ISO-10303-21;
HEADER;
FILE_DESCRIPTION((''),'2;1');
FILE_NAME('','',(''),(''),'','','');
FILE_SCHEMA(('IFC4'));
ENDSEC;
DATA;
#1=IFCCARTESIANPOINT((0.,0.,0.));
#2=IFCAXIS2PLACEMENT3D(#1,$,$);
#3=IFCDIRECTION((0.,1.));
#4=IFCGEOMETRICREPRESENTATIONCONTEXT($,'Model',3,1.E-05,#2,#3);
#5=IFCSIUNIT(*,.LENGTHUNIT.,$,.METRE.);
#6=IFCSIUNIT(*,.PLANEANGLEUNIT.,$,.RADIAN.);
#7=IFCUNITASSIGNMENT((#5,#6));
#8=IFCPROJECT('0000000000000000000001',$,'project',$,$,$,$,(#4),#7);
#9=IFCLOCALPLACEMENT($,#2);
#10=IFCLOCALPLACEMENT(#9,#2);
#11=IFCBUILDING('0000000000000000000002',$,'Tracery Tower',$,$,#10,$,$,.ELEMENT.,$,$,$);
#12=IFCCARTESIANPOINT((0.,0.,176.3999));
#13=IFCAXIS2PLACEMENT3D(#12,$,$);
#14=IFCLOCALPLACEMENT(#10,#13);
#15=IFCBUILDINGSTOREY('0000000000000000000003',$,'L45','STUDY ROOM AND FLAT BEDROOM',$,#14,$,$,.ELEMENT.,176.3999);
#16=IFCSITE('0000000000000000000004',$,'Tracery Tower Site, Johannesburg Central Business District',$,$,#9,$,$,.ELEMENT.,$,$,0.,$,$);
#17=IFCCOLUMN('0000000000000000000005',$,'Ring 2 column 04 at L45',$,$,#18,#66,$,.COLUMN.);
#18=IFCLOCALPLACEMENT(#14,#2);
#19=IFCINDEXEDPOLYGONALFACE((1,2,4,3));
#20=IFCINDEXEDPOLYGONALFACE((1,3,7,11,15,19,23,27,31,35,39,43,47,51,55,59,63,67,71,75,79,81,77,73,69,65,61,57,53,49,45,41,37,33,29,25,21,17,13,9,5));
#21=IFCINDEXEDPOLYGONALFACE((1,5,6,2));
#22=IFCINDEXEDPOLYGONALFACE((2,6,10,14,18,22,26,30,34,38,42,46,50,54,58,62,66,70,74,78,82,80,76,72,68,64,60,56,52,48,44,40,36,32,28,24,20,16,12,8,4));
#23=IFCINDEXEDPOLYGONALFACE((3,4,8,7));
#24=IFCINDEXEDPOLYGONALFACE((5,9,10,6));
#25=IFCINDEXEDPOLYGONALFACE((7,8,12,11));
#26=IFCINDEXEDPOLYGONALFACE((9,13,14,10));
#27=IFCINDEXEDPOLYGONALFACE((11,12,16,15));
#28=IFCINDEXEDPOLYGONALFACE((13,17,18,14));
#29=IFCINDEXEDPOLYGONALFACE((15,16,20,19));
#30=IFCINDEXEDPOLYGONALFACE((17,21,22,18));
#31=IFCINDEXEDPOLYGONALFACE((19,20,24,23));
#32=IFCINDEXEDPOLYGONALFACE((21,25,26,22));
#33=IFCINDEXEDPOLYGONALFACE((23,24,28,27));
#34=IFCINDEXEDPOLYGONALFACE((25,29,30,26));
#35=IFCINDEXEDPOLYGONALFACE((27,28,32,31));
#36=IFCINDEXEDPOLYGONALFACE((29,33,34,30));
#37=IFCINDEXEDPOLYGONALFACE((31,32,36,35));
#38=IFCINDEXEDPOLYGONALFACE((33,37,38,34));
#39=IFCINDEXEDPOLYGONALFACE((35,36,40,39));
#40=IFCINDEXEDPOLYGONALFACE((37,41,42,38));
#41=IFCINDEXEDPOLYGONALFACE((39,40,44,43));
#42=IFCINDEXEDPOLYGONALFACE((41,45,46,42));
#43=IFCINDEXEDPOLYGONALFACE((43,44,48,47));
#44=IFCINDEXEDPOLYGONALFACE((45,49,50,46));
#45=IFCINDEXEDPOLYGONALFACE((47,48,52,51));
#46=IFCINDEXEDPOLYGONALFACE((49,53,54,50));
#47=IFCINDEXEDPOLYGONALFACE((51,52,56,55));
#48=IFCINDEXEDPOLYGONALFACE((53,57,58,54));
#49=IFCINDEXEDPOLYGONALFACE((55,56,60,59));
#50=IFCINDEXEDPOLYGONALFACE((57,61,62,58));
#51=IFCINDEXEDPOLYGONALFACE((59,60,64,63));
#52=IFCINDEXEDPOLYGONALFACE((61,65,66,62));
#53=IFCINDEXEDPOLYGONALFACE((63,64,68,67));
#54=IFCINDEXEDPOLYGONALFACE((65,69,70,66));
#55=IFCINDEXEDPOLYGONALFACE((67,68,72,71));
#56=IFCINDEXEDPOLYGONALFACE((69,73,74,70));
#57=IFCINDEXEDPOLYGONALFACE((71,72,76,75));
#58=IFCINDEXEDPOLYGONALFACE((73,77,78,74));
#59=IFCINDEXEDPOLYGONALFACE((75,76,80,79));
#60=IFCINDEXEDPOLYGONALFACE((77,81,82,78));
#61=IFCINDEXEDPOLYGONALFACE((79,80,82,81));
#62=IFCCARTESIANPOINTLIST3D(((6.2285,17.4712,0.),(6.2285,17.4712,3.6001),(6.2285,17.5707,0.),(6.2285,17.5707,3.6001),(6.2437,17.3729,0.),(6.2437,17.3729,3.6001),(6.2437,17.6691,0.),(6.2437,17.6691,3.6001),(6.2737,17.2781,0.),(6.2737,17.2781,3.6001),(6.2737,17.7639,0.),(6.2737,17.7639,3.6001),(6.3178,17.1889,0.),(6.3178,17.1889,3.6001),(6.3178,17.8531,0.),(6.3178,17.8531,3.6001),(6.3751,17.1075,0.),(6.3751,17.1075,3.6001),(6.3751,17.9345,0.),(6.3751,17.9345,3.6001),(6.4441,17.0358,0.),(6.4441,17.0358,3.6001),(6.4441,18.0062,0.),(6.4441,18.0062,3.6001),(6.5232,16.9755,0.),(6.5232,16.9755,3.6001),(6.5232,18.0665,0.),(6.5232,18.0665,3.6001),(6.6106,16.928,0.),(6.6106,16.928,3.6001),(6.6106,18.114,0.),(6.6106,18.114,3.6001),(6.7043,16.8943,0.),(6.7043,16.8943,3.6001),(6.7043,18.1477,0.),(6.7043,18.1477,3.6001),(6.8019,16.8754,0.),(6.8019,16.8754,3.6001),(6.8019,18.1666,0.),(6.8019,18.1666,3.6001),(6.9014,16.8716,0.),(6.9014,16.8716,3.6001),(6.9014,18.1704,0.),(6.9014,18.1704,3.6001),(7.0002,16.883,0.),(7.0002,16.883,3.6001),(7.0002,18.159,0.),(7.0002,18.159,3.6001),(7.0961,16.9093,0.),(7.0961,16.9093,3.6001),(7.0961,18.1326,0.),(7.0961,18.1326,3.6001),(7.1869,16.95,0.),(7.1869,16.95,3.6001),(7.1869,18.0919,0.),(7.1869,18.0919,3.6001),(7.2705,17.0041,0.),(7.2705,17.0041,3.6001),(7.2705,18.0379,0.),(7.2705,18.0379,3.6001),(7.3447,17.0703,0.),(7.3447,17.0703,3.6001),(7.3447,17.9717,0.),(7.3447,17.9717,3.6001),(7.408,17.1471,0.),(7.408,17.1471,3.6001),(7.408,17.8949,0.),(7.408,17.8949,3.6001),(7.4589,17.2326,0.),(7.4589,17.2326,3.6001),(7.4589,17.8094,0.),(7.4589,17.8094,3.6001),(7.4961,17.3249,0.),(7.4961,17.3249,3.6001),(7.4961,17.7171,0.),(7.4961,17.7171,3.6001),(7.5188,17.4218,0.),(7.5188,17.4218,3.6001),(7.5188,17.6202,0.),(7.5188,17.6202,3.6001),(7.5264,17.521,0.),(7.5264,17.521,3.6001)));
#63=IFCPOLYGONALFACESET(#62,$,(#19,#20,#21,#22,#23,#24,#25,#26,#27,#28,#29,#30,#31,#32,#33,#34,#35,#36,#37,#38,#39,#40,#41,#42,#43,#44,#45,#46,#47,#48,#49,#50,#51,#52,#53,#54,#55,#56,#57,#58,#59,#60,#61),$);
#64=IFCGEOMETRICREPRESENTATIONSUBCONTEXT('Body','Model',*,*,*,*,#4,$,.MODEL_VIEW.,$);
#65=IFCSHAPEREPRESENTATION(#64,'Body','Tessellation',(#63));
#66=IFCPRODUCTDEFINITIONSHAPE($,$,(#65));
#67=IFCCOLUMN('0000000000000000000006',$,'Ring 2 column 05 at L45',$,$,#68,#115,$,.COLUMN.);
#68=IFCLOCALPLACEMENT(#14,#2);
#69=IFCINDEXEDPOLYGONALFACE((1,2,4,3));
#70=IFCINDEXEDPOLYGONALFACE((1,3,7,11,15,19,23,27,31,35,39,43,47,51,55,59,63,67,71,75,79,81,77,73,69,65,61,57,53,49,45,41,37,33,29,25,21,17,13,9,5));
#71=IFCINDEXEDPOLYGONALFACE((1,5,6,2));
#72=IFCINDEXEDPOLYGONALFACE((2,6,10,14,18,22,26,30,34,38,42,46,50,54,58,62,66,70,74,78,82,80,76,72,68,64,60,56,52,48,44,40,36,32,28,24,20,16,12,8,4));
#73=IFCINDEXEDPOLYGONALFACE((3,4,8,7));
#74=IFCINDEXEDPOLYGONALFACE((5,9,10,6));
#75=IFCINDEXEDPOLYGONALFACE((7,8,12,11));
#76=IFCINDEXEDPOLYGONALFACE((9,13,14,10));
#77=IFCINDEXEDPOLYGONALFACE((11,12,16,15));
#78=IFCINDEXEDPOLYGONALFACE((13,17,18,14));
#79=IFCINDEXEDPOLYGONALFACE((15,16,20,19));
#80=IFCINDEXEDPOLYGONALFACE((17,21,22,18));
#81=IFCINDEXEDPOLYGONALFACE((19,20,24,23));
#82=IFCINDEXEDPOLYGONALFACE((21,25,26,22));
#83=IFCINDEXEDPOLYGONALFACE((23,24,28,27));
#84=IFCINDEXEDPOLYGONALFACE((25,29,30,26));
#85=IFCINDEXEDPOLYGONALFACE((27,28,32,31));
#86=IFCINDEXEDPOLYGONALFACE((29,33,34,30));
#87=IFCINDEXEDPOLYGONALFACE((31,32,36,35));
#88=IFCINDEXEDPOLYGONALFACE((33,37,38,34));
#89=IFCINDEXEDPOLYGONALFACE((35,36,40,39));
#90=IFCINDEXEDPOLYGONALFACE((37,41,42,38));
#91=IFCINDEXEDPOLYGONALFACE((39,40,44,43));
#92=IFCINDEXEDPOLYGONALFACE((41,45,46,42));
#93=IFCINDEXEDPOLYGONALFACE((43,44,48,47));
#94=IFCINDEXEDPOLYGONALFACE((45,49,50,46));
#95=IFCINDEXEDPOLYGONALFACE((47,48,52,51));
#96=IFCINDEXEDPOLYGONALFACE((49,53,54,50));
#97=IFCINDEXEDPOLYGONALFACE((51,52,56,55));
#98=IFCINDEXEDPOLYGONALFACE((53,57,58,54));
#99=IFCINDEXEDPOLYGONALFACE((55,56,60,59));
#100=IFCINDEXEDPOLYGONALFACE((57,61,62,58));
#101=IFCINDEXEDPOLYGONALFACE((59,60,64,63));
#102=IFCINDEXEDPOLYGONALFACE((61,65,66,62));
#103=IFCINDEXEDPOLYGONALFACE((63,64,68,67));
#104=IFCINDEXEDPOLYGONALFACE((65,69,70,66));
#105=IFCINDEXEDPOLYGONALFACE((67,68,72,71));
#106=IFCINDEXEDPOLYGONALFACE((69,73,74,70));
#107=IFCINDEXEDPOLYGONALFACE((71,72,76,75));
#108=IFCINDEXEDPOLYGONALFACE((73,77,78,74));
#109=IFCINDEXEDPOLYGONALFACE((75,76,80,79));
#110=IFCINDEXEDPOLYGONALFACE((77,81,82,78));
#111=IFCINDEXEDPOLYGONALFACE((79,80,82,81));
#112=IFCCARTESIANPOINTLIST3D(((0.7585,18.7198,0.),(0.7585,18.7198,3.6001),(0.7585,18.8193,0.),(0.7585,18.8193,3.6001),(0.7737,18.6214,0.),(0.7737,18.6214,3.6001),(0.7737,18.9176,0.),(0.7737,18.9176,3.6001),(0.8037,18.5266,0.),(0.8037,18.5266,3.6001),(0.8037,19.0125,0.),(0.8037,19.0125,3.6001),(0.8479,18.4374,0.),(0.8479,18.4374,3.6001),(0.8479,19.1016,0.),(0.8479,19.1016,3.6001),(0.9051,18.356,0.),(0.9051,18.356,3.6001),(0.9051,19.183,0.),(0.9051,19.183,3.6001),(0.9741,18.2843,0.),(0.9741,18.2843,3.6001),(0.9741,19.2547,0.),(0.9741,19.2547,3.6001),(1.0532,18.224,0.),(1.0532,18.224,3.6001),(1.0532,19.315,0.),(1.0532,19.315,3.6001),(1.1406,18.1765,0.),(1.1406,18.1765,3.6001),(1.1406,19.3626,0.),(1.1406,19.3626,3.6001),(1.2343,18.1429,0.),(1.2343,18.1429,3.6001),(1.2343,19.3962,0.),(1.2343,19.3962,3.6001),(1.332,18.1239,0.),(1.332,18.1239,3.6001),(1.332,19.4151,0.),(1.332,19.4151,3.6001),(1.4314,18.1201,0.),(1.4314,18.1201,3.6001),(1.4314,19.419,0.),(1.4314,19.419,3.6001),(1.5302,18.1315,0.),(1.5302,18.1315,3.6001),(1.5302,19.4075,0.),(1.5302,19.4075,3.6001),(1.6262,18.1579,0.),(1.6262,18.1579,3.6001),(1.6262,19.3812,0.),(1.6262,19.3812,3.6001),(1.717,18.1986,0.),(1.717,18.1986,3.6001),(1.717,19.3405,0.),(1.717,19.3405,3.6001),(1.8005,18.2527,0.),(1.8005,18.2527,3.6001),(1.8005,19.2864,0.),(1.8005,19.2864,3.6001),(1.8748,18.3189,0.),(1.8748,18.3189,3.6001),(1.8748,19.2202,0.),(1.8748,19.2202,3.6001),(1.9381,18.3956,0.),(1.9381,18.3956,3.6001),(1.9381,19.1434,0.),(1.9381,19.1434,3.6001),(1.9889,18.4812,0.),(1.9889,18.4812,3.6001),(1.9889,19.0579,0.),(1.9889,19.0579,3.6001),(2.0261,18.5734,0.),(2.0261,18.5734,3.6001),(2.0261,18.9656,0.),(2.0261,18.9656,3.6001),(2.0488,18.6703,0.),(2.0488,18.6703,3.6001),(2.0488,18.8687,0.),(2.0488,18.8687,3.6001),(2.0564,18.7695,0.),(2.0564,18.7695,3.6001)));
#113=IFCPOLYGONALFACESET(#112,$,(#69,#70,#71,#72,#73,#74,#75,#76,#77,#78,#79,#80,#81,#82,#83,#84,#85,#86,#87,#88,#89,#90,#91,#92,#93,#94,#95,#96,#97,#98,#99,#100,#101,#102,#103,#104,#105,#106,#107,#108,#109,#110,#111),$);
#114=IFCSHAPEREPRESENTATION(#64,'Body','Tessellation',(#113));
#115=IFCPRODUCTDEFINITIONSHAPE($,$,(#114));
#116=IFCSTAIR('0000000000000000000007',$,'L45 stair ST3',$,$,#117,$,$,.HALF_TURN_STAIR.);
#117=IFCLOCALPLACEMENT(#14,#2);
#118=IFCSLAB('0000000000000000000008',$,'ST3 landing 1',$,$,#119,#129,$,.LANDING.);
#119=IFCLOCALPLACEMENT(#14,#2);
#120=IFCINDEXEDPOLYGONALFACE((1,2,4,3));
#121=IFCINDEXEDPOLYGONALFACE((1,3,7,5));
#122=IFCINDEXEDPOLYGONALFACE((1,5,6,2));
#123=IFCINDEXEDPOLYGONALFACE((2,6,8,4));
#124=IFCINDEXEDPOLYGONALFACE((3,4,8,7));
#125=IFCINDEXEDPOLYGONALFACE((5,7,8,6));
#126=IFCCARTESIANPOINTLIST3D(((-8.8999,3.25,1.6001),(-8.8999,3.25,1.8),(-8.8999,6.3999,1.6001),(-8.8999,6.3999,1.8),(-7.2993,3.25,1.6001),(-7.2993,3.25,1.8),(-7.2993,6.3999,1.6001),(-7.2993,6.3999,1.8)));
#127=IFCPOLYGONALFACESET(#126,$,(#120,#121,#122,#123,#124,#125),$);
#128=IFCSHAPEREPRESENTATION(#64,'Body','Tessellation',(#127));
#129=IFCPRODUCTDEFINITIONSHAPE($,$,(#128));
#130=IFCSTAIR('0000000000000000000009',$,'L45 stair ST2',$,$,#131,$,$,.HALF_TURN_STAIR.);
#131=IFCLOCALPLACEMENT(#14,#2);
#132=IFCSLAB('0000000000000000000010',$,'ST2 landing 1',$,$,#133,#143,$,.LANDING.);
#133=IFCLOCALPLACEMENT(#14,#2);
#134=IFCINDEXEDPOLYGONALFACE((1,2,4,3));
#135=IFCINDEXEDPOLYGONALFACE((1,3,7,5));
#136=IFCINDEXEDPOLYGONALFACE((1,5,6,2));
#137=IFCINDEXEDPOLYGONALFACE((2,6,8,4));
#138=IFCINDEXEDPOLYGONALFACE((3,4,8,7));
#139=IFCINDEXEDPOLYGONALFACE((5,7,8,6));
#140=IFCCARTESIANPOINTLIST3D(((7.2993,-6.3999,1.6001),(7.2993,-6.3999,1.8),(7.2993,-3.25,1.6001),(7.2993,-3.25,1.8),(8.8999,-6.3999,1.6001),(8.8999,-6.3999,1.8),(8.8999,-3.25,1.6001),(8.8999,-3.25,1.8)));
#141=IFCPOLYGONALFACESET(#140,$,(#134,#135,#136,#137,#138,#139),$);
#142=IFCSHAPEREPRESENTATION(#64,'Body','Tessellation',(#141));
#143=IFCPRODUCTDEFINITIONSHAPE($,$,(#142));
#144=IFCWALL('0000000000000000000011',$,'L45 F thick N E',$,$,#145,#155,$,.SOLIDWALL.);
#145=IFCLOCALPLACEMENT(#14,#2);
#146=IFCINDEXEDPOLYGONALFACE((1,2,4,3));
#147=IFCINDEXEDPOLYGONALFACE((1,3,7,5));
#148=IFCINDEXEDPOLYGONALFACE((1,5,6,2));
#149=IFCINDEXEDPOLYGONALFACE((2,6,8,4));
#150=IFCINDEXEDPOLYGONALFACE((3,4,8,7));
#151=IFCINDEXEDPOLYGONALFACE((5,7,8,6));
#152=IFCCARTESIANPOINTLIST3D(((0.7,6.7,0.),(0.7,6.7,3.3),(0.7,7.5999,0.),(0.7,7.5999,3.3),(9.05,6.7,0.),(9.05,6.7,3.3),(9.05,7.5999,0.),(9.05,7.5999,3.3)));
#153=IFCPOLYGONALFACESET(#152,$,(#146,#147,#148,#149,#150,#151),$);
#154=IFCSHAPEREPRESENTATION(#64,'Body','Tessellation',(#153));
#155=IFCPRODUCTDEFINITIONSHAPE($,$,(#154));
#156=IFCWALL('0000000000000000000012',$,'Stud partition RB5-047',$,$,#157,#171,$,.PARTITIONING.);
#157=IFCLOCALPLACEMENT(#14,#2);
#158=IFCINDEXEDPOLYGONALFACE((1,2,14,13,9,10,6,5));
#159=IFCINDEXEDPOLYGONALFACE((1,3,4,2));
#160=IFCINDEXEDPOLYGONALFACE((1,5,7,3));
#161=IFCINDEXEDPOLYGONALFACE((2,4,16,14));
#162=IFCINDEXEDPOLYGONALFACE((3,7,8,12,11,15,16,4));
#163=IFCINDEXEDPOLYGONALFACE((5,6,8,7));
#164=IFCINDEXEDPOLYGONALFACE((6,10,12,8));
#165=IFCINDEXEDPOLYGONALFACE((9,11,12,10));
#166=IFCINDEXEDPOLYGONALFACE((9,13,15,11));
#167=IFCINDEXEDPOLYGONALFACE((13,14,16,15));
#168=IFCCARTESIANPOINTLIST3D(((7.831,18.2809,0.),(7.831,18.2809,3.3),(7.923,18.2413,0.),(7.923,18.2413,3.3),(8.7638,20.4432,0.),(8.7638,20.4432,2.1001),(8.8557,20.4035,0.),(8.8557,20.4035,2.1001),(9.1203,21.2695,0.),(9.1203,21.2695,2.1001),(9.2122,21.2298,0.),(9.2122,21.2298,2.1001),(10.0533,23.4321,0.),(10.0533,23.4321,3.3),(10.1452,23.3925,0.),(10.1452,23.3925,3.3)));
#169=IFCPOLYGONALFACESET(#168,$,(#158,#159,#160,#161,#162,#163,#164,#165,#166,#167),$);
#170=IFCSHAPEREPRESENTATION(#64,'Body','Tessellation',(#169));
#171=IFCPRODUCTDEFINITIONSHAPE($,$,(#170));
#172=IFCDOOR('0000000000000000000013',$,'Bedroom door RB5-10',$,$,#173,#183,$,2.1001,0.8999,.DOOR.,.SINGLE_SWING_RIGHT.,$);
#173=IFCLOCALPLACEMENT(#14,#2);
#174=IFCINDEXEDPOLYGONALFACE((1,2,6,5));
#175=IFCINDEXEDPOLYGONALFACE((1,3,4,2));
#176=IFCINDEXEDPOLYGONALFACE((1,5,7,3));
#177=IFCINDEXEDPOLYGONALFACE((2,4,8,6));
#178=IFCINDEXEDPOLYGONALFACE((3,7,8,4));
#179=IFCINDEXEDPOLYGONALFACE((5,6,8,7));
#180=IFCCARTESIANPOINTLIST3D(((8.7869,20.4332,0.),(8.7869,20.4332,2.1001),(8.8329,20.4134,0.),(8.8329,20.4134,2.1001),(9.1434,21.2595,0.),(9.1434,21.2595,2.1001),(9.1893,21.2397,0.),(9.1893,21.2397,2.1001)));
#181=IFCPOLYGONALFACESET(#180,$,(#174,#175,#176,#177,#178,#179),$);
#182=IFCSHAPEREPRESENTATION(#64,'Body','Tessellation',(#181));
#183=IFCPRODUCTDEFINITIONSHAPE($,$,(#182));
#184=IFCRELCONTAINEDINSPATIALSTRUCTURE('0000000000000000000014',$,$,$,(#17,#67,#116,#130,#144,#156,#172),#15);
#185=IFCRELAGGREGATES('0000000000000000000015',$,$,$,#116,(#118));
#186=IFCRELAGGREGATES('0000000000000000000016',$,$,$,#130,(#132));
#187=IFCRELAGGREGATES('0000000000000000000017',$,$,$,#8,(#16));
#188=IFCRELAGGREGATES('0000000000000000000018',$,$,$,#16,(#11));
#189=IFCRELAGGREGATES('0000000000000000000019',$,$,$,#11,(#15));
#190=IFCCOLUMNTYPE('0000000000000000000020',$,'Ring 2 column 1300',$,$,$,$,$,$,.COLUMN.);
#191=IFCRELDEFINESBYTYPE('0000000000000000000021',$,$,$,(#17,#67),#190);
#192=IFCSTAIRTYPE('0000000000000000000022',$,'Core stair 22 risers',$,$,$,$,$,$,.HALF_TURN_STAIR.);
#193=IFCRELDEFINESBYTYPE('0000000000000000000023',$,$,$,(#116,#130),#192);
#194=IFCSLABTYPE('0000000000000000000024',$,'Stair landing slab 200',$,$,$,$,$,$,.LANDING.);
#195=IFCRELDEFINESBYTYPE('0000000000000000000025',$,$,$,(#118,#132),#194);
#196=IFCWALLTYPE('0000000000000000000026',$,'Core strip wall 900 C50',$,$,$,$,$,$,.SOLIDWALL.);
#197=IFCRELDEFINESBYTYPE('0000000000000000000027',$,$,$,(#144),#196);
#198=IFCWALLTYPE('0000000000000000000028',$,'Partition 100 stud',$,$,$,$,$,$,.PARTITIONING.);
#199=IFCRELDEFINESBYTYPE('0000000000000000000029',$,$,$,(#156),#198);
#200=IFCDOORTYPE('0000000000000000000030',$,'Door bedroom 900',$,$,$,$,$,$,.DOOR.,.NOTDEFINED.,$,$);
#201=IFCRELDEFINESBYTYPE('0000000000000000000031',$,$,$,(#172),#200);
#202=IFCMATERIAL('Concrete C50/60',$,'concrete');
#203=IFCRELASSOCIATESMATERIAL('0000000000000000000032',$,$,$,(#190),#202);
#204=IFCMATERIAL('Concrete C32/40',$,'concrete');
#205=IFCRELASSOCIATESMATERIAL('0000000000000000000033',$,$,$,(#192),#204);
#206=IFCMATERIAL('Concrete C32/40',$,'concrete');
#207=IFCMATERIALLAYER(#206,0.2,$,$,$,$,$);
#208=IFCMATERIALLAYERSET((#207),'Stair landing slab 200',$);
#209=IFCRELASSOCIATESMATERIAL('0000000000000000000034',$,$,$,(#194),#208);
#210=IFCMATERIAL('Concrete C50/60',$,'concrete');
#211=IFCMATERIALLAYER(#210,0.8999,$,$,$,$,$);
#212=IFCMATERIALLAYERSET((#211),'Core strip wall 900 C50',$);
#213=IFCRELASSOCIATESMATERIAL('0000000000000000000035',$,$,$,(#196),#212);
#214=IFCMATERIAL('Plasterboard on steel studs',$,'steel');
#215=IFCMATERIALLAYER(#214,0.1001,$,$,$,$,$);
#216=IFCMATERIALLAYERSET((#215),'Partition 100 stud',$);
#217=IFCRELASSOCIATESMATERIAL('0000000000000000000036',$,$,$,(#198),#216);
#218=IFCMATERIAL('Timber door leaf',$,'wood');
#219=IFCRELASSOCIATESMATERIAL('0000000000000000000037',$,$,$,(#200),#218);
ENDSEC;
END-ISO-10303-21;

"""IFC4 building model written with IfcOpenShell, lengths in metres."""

from ifc_helpers import new_model, si_unit, direction, frame, frame_2d, origin, origin_2d, place, context, subcontext, project, spatial, polyline, rectangle, circle, outline, extrude, material, layer, layer_set, material_profile, profile_set, type_object, element, fill, aggregate, save


model = new_model("IFC4")

# Units and contexts
model_context = context("Model", 3, precision=1e-05, world=origin(), true_north=direction((0.0, 1.0)))
body_context = subcontext(model_context, "Body", "Model", "MODEL_VIEW")
ifc_project = project(units=[si_unit("LENGTHUNIT", "METRE"), si_unit("PLANEANGLEUNIT", "RADIAN")], contexts=[model_context])

# Site, building, storey
site_placement = place(None, origin())
site = spatial("IfcSite", under=ifc_project, at=site_placement, Name="Tracery Tower Site, Johannesburg Central Business District", CompositionType="ELEMENT", RefElevation=0.0)
building_placement = place(site_placement, origin())
building = spatial("IfcBuilding", under=site, at=building_placement, Name="Tracery Tower", CompositionType="ELEMENT")
storey_placement = place(building_placement, frame((0.0, 0.0, 176.3999)))
storey = spatial("IfcBuildingStorey", under=building, at=storey_placement, Name="L45", Description="STUDY ROOM AND FLAT BEDROOM", CompositionType="ELEMENT", Elevation=176.3999)

# Columns
ifc_material_1 = material(Name="Concrete C50/60", Category="concrete")
ifc_material_profile = material_profile(ifc_material_1, circle(Radius=0.6499, at=origin_2d()), Name="RC D1300")
ifc_profile_set = profile_set([ifc_material_profile], Name="Concrete C50/60")
column_type = type_object("IfcColumnType", Name="Ring 2 column 1300", PredefinedType="COLUMN", material=ifc_profile_set)
for number, where, z_axis, x_axis, name in (
    (1, (6.8765, 17.521, 0.0), (0.0, 0.0, 1.0), (1.0, 0.0, 0.0), "Ring 2 column 04 at L45"),
    (2, (1.4065, 18.7695, 0.0), (0.0, 0.0, 1.0), (1.0, 0.0, 0.0), "Ring 2 column 05 at L45"),
):
    element("IfcColumn", number, at=place(storey_placement, frame(where, z_axis=z_axis, x_axis=x_axis)), inside=storey, type_object=column_type, Name=name, PredefinedType="COLUMN", context=body_context, shape_type="SweptSolid", body=[
        extrude(circle(Radius=0.6499, at=origin_2d()), origin(), (0.0, 0.0, 1.0), 3.6001),
    ])

# Stairs, slabs
ifc_material_2 = material(Name="Concrete C32/40", Category="concrete")
stair_type = type_object("IfcStairType", Name="Core stair 22 risers", PredefinedType="HALF_TURN_STAIR", material=ifc_material_2)
stair_1_placement = place(storey_placement, origin())
stair_1 = element("IfcStair", 3, at=stair_1_placement, inside=storey, type_object=stair_type, Name="L45 stair ST3", PredefinedType="HALF_TURN_STAIR")
ifc_material_3 = material(Name="Concrete C32/40", Category="concrete")
ifc_layer_1 = layer(ifc_material_3, 0.2)
ifc_layer_set_1 = layer_set([ifc_layer_1], Name="Stair landing slab 200")
slab_type = type_object("IfcSlabType", Name="Stair landing slab 200", PredefinedType="LANDING", material=ifc_layer_set_1)
slab_1_placement = place(storey_placement, frame((0.0, 0.0, 1.6001)))
slab_1 = element("IfcSlab", 4, at=slab_1_placement, type_object=slab_type, Name="ST3 landing 1", PredefinedType="LANDING", context=body_context, shape_type="SweptSolid", body=[
    extrude(outline(polyline([(-7.2993, 6.3999), (-8.8999, 6.3999), (-8.8999, 3.25), (-7.2993, 3.25), (-7.2993, 6.3999)])), origin(), (0.0, 0.0, 1.0), 0.2),
])
aggregate(stair_1, [slab_1])
stair_2_placement = place(storey_placement, origin())
stair_2 = element("IfcStair", 5, at=stair_2_placement, inside=storey, type_object=stair_type, Name="L45 stair ST2", PredefinedType="HALF_TURN_STAIR")
slab_2_placement = place(storey_placement, frame((0.0, 0.0, 1.6001)))
slab_2 = element("IfcSlab", 6, at=slab_2_placement, type_object=slab_type, Name="ST2 landing 1", PredefinedType="LANDING", context=body_context, shape_type="SweptSolid", body=[
    extrude(outline(polyline([(7.2993, -6.3999), (8.8999, -6.3999), (8.8999, -3.25), (7.2993, -3.25), (7.2993, -6.3999)])), origin(), (0.0, 0.0, 1.0), 0.2),
])
aggregate(stair_2, [slab_2])

# Wall
ifc_material_4 = material(Name="Concrete C50/60", Category="concrete")
ifc_layer_2 = layer(ifc_material_4, 0.8999)
ifc_layer_set_2 = layer_set([ifc_layer_2], Name="Core strip wall 900 C50")
wall_type_1 = type_object("IfcWallType", Name="Core strip wall 900 C50", PredefinedType="SOLIDWALL", material=ifc_layer_set_2)
wall_1_placement = place(storey_placement, frame((0.7, 7.1499, 0.0), z_axis=(0.0, 0.0, 1.0), x_axis=(1.0, 0.0, 0.0)))
element("IfcWall", 7, at=wall_1_placement, inside=storey, type_object=wall_type_1, Name="L45 F thick N E", PredefinedType="SOLIDWALL", context=body_context, shape_type="SweptSolid", body=[
    extrude(rectangle(XDim=8.3501, YDim=0.8999, at=frame_2d((4.175, 0.0))), origin(), (0.0, 0.0, 1.0), 3.3),
])

# Wall, opening, door
ifc_material_5 = material(Name="Plasterboard on steel studs", Category="steel")
ifc_layer_3 = layer(ifc_material_5, 0.1001)
ifc_layer_set_3 = layer_set([ifc_layer_3], Name="Partition 100 stud")
wall_type_2 = type_object("IfcWallType", Name="Partition 100 stud", PredefinedType="PARTITIONING", material=ifc_layer_set_3)
wall_2_placement = place(storey_placement, frame((7.877, 18.261, 0.0), z_axis=(0.0, 0.0, 1.0), x_axis=(0.396108, 0.918204, 0.0)))
wall_2 = element("IfcWall", 8, at=wall_2_placement, inside=storey, type_object=wall_type_2, Name="Stud partition RB5-047", PredefinedType="PARTITIONING", context=body_context, shape_type="SweptSolid", body=[
    extrude(rectangle(XDim=5.6101, YDim=0.1001, at=frame_2d((2.8052, 0.0))), origin(), (0.0, 0.0, 1.0), 3.3),
])
opening_1_placement = place(wall_2_placement, frame((2.355, 0.0, 0.0)))
opening_1 = element("IfcOpeningElement", 9, at=opening_1_placement, cuts=wall_2, PredefinedType="OPENING", context=body_context, shape_type="SweptSolid", body=[
    extrude(rectangle(XDim=0.8999, YDim=2.1001, at=frame_2d((0.45, 1.05))), frame((0.0, 0.05, 0.0), z_axis=(0.0, -1.0, 0.0), x_axis=(1.0, 0.0, 0.0)), (0.0, 0.0, 1.0), 0.1001),
])
ifc_material_6 = material(Name="Timber door leaf", Category="wood")
door_type_1 = type_object("IfcDoorType", Name="Door bedroom 900", OperationType="NOTDEFINED", PredefinedType="DOOR", material=ifc_material_6)
door_1_placement = place(opening_1_placement, origin())
door_1 = element("IfcDoor", 10, at=door_1_placement, inside=storey, type_object=door_type_1, Name="Bedroom door RB5-10", OperationType="SINGLE_SWING_RIGHT", OverallHeight=2.1001, OverallWidth=0.8999, PredefinedType="DOOR", context=body_context, shape_type="SweptSolid", body=[
    extrude(rectangle(XDim=0.8999, YDim=2.1001, at=frame_2d((0.45, 1.05))), frame((0.0, 0.0249, 0.0), z_axis=(0.0, -1.0, 0.0), x_axis=(1.0, 0.0, 0.0)), (0.0, 0.0, 1.0), 0.05),
])
fill(opening_1, door_1)

save(model, "model.ifc")
